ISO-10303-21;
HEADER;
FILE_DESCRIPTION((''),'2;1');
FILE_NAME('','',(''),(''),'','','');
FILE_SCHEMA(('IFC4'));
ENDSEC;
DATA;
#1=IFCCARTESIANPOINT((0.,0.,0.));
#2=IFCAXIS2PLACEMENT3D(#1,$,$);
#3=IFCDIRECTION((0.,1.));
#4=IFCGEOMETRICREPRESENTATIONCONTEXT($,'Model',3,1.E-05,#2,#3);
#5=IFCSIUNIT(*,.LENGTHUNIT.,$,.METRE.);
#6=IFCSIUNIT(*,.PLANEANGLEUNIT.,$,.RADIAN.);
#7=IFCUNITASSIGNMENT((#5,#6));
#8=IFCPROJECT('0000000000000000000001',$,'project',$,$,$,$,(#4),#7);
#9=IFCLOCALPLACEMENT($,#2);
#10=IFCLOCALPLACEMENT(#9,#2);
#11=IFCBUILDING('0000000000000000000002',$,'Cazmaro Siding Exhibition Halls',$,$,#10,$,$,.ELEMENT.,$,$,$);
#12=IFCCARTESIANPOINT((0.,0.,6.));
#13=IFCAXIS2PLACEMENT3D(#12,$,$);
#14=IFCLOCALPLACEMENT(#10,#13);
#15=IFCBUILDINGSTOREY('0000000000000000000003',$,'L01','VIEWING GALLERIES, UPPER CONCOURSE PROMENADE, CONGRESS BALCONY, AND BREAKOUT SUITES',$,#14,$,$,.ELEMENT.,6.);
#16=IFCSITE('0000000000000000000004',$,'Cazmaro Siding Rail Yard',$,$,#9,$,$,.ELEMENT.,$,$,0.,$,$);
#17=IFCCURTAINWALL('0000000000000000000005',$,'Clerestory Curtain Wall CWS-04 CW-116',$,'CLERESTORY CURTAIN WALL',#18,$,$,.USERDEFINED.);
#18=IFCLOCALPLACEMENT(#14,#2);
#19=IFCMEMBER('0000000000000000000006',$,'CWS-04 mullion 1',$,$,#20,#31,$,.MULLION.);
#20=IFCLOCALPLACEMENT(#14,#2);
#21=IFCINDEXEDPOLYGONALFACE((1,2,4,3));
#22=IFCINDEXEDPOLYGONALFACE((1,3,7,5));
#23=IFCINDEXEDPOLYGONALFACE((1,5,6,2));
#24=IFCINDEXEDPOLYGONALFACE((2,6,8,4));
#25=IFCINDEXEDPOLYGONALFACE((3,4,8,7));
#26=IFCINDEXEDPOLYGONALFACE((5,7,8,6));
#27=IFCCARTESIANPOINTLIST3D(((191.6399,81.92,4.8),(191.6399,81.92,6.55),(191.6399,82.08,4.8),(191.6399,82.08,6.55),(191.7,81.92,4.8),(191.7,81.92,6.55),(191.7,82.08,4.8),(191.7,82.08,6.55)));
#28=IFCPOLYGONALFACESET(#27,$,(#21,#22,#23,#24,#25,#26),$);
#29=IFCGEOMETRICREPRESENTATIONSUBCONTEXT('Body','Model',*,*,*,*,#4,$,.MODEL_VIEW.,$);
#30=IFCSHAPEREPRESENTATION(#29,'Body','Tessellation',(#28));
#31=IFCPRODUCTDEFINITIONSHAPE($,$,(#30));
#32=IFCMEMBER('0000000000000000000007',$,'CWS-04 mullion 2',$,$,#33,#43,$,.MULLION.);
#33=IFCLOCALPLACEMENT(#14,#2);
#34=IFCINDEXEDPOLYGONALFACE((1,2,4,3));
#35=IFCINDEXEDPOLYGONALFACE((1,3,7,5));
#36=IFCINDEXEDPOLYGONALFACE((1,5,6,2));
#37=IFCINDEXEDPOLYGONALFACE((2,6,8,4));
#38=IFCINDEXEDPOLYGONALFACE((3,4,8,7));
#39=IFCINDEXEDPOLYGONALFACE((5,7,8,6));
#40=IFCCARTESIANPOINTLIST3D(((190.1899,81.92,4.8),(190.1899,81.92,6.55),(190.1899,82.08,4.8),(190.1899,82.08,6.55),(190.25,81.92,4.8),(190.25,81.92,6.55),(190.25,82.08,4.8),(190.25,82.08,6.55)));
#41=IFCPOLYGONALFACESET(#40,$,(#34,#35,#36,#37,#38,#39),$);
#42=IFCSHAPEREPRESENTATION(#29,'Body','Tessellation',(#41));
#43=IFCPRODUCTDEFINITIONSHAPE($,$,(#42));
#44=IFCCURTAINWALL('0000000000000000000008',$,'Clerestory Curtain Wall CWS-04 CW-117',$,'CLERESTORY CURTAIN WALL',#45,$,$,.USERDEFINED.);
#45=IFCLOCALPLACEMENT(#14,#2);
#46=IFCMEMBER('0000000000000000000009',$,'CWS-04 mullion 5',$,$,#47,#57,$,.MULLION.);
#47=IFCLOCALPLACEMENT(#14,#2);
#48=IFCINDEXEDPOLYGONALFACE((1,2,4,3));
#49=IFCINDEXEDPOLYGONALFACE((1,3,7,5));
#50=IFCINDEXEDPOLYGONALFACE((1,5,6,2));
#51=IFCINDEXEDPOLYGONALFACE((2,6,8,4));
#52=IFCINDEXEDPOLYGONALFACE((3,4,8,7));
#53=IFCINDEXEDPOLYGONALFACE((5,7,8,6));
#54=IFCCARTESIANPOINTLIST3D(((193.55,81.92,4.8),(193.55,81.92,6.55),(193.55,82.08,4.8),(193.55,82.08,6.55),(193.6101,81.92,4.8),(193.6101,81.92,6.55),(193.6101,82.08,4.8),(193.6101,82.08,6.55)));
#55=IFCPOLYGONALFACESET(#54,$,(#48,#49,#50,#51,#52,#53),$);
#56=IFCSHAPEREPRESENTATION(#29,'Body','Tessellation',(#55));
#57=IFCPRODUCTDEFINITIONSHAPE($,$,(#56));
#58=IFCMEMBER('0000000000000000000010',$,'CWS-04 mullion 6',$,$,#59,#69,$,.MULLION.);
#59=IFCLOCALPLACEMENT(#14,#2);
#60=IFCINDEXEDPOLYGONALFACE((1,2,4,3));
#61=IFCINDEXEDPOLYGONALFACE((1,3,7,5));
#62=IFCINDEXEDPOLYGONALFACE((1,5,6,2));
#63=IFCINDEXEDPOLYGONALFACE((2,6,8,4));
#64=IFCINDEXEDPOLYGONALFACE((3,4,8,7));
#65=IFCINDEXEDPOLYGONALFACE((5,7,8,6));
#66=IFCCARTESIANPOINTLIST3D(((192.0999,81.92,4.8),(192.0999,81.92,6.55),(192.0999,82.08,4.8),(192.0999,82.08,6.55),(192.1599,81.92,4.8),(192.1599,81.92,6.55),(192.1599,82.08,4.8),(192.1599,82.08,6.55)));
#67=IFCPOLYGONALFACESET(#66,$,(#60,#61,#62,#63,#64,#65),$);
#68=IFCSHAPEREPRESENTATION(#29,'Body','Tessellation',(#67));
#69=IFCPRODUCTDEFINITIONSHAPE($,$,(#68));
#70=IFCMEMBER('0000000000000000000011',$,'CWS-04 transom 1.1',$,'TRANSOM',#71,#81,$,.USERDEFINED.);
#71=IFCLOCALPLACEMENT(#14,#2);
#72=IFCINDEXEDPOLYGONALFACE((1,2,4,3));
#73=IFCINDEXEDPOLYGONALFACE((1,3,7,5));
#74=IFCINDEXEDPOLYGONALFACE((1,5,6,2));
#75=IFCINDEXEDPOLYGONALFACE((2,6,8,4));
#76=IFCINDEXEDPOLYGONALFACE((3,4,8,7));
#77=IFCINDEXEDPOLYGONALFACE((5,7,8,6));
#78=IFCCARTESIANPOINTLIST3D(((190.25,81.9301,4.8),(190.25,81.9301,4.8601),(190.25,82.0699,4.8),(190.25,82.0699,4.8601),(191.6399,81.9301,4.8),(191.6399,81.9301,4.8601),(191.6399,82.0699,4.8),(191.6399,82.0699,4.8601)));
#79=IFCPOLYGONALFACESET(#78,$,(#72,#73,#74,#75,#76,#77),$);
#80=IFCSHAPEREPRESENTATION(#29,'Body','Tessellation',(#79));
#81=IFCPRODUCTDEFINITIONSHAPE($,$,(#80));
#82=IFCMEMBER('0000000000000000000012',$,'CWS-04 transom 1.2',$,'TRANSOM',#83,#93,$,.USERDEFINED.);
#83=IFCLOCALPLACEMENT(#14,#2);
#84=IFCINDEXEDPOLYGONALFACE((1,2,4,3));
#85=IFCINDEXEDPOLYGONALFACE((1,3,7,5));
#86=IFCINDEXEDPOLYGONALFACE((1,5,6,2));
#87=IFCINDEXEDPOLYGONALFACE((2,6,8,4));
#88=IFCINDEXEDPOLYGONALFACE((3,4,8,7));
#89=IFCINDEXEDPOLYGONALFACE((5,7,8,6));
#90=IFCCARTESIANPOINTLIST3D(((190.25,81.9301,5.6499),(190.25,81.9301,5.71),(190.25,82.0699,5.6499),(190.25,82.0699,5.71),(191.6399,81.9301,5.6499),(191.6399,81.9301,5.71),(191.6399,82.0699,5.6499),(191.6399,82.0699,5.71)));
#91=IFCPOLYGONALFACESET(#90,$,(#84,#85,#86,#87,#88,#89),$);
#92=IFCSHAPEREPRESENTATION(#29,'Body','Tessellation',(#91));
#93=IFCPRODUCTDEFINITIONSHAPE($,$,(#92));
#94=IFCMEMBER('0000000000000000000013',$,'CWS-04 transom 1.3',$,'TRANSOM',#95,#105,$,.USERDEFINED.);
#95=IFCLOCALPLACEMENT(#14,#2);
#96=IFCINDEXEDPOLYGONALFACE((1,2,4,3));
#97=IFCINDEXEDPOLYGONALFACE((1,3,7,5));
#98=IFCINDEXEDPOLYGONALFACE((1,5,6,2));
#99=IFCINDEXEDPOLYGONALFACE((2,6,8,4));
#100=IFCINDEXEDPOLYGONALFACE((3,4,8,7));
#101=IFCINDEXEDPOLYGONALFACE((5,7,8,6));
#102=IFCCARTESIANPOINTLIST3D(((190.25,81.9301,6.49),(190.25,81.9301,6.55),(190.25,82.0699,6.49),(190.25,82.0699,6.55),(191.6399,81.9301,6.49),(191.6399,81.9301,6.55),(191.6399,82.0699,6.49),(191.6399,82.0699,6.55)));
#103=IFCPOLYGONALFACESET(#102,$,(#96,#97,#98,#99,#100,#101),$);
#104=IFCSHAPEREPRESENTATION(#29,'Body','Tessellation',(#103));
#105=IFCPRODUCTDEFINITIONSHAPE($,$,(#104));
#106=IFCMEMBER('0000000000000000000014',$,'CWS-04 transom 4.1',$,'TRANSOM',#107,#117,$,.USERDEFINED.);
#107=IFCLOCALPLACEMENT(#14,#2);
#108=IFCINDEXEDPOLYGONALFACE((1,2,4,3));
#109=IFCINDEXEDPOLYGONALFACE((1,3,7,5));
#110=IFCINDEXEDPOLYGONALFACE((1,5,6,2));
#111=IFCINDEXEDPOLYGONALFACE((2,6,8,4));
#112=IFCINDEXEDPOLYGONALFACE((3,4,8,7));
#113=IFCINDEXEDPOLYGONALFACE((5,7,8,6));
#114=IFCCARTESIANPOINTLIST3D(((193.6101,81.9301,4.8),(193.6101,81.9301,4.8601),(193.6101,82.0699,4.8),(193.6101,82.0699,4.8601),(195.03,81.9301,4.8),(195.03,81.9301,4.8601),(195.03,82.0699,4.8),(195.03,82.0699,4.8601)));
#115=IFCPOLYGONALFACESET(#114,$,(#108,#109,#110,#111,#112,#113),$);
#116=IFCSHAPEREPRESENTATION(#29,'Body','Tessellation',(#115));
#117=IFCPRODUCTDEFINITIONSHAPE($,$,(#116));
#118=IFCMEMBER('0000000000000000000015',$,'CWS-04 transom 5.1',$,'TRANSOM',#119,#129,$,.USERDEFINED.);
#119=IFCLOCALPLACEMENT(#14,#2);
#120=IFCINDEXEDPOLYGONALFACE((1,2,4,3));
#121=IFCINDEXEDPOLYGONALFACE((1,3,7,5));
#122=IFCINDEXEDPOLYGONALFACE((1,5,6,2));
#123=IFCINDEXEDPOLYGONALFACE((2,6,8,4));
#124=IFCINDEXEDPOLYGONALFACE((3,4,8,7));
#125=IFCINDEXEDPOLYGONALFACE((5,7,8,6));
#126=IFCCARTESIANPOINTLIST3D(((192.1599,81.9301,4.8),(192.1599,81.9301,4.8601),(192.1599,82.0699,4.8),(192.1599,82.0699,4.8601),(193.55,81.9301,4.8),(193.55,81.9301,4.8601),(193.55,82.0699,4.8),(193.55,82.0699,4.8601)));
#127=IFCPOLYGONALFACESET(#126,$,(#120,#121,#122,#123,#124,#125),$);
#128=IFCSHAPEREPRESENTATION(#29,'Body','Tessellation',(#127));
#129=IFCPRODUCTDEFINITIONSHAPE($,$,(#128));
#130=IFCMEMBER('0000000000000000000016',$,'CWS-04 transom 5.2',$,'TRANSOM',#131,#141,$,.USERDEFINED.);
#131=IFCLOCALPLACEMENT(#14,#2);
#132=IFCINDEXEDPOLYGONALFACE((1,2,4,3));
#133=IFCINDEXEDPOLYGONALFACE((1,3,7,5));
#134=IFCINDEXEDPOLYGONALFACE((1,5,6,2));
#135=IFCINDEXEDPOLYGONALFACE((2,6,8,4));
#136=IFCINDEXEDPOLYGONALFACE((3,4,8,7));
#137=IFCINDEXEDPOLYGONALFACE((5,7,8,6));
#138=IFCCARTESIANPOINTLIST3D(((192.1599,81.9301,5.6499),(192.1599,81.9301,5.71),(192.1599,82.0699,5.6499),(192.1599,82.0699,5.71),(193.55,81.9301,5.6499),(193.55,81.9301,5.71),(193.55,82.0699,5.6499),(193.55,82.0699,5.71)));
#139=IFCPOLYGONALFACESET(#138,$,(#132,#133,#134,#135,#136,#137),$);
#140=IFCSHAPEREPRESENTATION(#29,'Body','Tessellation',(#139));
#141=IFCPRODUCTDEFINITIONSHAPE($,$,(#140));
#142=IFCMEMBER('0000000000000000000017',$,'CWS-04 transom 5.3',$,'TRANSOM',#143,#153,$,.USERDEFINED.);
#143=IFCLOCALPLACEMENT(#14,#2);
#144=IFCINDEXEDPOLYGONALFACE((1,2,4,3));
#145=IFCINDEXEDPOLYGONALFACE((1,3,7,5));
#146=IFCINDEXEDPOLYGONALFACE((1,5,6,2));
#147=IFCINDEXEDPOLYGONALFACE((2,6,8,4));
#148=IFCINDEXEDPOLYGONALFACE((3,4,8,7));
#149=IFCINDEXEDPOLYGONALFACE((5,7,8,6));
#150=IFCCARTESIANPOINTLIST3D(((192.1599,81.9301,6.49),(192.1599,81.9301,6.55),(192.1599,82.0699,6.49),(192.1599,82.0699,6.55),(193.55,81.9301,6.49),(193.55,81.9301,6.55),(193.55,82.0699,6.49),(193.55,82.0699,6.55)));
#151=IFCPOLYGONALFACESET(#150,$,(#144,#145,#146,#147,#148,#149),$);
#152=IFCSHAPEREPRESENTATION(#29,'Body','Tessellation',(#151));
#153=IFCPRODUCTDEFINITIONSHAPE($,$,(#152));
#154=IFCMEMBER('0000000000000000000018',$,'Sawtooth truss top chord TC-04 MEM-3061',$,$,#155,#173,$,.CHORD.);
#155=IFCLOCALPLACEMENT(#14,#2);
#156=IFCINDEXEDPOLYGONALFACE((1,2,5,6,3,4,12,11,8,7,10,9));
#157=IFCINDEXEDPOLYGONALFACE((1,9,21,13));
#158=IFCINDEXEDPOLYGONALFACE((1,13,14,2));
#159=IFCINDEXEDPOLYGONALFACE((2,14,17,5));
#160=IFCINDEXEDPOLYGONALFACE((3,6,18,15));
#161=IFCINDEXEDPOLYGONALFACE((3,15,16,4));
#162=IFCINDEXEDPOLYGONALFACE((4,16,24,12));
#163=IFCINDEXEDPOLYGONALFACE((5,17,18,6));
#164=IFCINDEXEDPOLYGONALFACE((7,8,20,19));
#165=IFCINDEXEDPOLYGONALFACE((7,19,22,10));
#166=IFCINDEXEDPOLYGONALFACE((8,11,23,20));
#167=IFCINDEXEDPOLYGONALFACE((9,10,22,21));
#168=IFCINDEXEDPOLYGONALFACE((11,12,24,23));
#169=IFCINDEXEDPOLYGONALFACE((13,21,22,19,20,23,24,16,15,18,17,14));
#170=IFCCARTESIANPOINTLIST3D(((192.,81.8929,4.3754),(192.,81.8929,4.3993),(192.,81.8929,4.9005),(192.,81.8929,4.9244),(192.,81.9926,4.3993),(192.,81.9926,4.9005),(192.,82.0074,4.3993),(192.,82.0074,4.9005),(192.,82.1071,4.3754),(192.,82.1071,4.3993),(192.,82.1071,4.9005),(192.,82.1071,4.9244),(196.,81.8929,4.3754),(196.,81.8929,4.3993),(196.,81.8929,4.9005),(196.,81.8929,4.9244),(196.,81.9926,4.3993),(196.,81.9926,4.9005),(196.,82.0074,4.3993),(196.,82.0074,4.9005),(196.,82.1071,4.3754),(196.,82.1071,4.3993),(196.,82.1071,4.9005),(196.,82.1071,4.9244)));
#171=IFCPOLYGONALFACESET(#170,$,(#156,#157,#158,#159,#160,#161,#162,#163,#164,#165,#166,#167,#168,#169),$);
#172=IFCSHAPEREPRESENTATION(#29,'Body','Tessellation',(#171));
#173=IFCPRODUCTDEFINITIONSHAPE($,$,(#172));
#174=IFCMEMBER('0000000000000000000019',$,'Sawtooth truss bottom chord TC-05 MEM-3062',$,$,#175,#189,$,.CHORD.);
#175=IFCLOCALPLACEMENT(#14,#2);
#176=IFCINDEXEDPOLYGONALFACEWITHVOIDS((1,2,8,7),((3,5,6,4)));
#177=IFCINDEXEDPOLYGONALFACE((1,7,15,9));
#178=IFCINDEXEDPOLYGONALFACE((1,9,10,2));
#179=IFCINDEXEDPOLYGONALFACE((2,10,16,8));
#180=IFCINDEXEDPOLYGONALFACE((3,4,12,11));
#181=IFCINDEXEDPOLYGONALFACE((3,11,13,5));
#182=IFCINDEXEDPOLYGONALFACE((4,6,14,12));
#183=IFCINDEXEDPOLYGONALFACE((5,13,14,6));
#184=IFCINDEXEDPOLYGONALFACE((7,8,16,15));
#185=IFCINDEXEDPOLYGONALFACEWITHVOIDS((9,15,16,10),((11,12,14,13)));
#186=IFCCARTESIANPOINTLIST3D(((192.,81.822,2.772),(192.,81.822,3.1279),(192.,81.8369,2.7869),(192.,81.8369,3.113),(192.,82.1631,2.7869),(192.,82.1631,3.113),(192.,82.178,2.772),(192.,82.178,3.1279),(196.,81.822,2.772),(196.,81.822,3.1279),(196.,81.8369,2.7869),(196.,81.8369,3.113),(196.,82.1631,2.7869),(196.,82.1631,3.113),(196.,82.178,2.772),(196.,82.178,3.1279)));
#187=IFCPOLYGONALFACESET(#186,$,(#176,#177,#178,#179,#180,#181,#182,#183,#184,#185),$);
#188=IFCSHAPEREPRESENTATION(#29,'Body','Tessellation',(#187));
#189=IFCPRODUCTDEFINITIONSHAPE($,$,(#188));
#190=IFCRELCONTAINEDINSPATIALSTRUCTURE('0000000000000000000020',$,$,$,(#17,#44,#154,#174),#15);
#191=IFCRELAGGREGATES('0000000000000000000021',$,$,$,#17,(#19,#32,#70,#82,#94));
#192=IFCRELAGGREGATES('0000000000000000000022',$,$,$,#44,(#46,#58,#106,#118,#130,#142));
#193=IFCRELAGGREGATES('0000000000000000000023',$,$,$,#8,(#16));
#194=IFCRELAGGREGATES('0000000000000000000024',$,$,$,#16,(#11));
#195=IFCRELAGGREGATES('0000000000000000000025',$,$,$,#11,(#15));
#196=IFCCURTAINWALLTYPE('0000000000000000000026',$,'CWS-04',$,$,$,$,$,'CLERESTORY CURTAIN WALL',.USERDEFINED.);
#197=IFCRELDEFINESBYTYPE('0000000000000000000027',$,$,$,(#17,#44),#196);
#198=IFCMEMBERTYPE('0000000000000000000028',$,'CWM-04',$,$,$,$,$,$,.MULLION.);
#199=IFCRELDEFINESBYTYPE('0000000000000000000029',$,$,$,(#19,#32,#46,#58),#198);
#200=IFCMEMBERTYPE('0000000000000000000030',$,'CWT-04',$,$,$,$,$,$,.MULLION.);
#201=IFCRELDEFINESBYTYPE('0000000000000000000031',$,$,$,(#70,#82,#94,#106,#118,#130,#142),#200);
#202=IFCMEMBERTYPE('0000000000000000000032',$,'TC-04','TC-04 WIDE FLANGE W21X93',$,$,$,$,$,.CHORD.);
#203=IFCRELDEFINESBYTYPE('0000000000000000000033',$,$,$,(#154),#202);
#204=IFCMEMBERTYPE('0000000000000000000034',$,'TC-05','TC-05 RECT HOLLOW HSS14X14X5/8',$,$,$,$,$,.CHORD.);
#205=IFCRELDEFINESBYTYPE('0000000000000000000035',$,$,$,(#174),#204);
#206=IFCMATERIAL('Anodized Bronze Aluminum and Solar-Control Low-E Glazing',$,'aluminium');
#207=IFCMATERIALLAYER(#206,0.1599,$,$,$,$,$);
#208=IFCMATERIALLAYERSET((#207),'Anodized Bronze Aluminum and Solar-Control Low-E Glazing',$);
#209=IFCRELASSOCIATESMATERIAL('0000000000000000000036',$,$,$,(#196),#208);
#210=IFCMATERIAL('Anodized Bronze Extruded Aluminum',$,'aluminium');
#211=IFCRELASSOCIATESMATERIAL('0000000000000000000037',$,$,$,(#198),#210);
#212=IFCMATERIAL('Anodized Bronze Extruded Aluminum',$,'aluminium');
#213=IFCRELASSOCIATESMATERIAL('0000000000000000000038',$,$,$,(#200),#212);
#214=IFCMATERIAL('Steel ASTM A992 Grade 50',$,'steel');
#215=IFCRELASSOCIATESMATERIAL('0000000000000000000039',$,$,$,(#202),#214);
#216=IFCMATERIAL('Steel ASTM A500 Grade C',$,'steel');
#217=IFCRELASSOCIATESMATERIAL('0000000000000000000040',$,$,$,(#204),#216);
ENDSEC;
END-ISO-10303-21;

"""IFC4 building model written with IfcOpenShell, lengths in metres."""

from ifc_helpers import new_model, si_unit, direction, frame, origin, origin_2d, place, context, subcontext, project, spatial, rectangle, hollow_rectangle, i_section, extrude, material, layer, layer_set, material_profile, profile_set, type_object, element, aggregate, save


model = new_model("IFC4")

# Units and contexts
model_context = context("Model", 3, precision=1e-05, world=origin(), true_north=direction((0.0, 1.0)))
body_context = subcontext(model_context, "Body", "Model", "MODEL_VIEW")
ifc_project = project(units=[si_unit("LENGTHUNIT", "METRE"), si_unit("PLANEANGLEUNIT", "RADIAN")], contexts=[model_context])

# Site, building, storey
site_placement = place(None, origin())
site = spatial("IfcSite", under=ifc_project, at=site_placement, Name="Cazmaro Siding Rail Yard", CompositionType="ELEMENT", RefElevation=0.0)
building_placement = place(site_placement, origin())
building = spatial("IfcBuilding", under=site, at=building_placement, Name="Cazmaro Siding Exhibition Halls", CompositionType="ELEMENT")
storey_placement = place(building_placement, frame((0.0, 0.0, 6.0)))
storey = spatial("IfcBuildingStorey", under=building, at=storey_placement, Name="L01", Description="VIEWING GALLERIES, UPPER CONCOURSE PROMENADE, CONGRESS BALCONY, AND BREAKOUT SUITES", CompositionType="ELEMENT", Elevation=6.0)

# Curtain walls, members
ifc_material_1 = material(Name="Anodized Bronze Aluminum and Solar-Control Low-E Glazing", Category="aluminium")
ifc_layer_1 = layer(ifc_material_1, 0.1599)
ifc_layer_set_1 = layer_set([ifc_layer_1], Name="Anodized Bronze Aluminum and Solar-Control Low-E Glazing")
curtain_wall_type = type_object("IfcCurtainWallType", Name="CWS-04", ElementType="CLERESTORY CURTAIN WALL", PredefinedType="USERDEFINED", material=ifc_layer_set_1)
curtain_wall_1_placement = place(storey_placement, origin())
curtain_wall_1 = element("IfcCurtainWall", 1, at=curtain_wall_1_placement, inside=storey, type_object=curtain_wall_type, Name="Clerestory Curtain Wall CWS-04 CW-116", ObjectType="CLERESTORY CURTAIN WALL", PredefinedType="USERDEFINED")
ifc_material_2 = material(Name="Anodized Bronze Extruded Aluminum", Category="aluminium")
ifc_material_profile_1 = material_profile(ifc_material_2, rectangle(XDim=0.1599, YDim=0.0601, at=origin_2d()), Name="CWM-04")
ifc_profile_set_1 = profile_set([ifc_material_profile_1], Name="Anodized Bronze Extruded Aluminum")
member_type_1 = type_object("IfcMemberType", Name="CWM-04", PredefinedType="MULLION", material=ifc_profile_set_1)
member_1_placement = place(storey_placement, frame((191.6699, 82.0, 4.8), z_axis=(0.0, 0.0, 1.0), x_axis=(0.0, -1.0, 0.0)))
member_1 = element("IfcMember", 2, at=member_1_placement, type_object=member_type_1, Name="CWS-04 mullion 1", PredefinedType="MULLION", context=body_context, shape_type="SweptSolid", body=[
    extrude(rectangle(XDim=0.1599, YDim=0.0601, at=origin_2d()), origin(), (0.0, 0.0, 1.0), 1.75),
])
member_2_placement = place(storey_placement, frame((190.22, 82.0, 4.8), z_axis=(0.0, 0.0, 1.0), x_axis=(0.0, -1.0, 0.0)))
member_2 = element("IfcMember", 3, at=member_2_placement, type_object=member_type_1, Name="CWS-04 mullion 2", PredefinedType="MULLION", context=body_context, shape_type="SweptSolid", body=[
    extrude(rectangle(XDim=0.1599, YDim=0.0601, at=origin_2d()), origin(), (0.0, 0.0, 1.0), 1.75),
])
curtain_wall_2_placement = place(storey_placement, origin())
curtain_wall_2 = element("IfcCurtainWall", 4, at=curtain_wall_2_placement, inside=storey, type_object=curtain_wall_type, Name="Clerestory Curtain Wall CWS-04 CW-117", ObjectType="CLERESTORY CURTAIN WALL", PredefinedType="USERDEFINED")
member_3_placement = place(storey_placement, frame((193.5801, 82.0, 4.8), z_axis=(0.0, 0.0, 1.0), x_axis=(0.0, -1.0, 0.0)))
member_3 = element("IfcMember", 5, at=member_3_placement, type_object=member_type_1, Name="CWS-04 mullion 5", PredefinedType="MULLION", context=body_context, shape_type="SweptSolid", body=[
    extrude(rectangle(XDim=0.1599, YDim=0.0601, at=origin_2d()), origin(), (0.0, 0.0, 1.0), 1.75),
])
member_4_placement = place(storey_placement, frame((192.1299, 82.0, 4.8), z_axis=(0.0, 0.0, 1.0), x_axis=(0.0, -1.0, 0.0)))
member_4 = element("IfcMember", 6, at=member_4_placement, type_object=member_type_1, Name="CWS-04 mullion 6", PredefinedType="MULLION", context=body_context, shape_type="SweptSolid", body=[
    extrude(rectangle(XDim=0.1599, YDim=0.0601, at=origin_2d()), origin(), (0.0, 0.0, 1.0), 1.75),
])

# Members
ifc_material_3 = material(Name="Anodized Bronze Extruded Aluminum", Category="aluminium")
ifc_material_profile_2 = material_profile(ifc_material_3, rectangle(XDim=0.1399, YDim=0.0601, at=origin_2d()), Name="CWT-04")
ifc_profile_set_2 = profile_set([ifc_material_profile_2], Name="Anodized Bronze Extruded Aluminum")
member_type_2 = type_object("IfcMemberType", Name="CWT-04", PredefinedType="MULLION", material=ifc_profile_set_2)
member_5_placement = place(storey_placement, frame((191.6399, 82.0, 4.8301), z_axis=(-1.0, 0.0, 0.0), x_axis=(0.0, -1.0, 0.0)))
member_5 = element("IfcMember", 7, at=member_5_placement, type_object=member_type_2, Name="CWS-04 transom 1.1", ObjectType="TRANSOM", PredefinedType="USERDEFINED", context=body_context, shape_type="SweptSolid", body=[
    extrude(rectangle(XDim=0.1399, YDim=0.0601, at=origin_2d()), origin(), (0.0, 0.0, 1.0), 1.3899),
])
member_6_placement = place(storey_placement, frame((191.6399, 82.0, 5.6799), z_axis=(-1.0, 0.0, 0.0), x_axis=(0.0, -1.0, 0.0)))
member_6 = element("IfcMember", 8, at=member_6_placement, type_object=member_type_2, Name="CWS-04 transom 1.2", ObjectType="TRANSOM", PredefinedType="USERDEFINED", context=body_context, shape_type="SweptSolid", body=[
    extrude(rectangle(XDim=0.1399, YDim=0.0601, at=origin_2d()), origin(), (0.0, 0.0, 1.0), 1.3899),
])
member_7_placement = place(storey_placement, frame((191.6399, 82.0, 6.52), z_axis=(-1.0, 0.0, 0.0), x_axis=(0.0, -1.0, 0.0)))
member_7 = element("IfcMember", 9, at=member_7_placement, type_object=member_type_2, Name="CWS-04 transom 1.3", ObjectType="TRANSOM", PredefinedType="USERDEFINED", context=body_context, shape_type="SweptSolid", body=[
    extrude(rectangle(XDim=0.1399, YDim=0.0601, at=origin_2d()), origin(), (0.0, 0.0, 1.0), 1.3899),
])
member_8_placement = place(storey_placement, frame((195.03, 82.0, 4.8301), z_axis=(-1.0, 0.0, 0.0), x_axis=(0.0, -1.0, 0.0)))
member_8 = element("IfcMember", 10, at=member_8_placement, type_object=member_type_2, Name="CWS-04 transom 4.1", ObjectType="TRANSOM", PredefinedType="USERDEFINED", context=body_context, shape_type="SweptSolid", body=[
    extrude(rectangle(XDim=0.1399, YDim=0.0601, at=origin_2d()), origin(), (0.0, 0.0, 1.0), 1.4199),
])
member_9_placement = place(storey_placement, frame((193.55, 82.0, 4.8301), z_axis=(-1.0, 0.0, 0.0), x_axis=(0.0, -1.0, 0.0)))
member_9 = element("IfcMember", 11, at=member_9_placement, type_object=member_type_2, Name="CWS-04 transom 5.1", ObjectType="TRANSOM", PredefinedType="USERDEFINED", context=body_context, shape_type="SweptSolid", body=[
    extrude(rectangle(XDim=0.1399, YDim=0.0601, at=origin_2d()), origin(), (0.0, 0.0, 1.0), 1.3901),
])
member_10_placement = place(storey_placement, frame((193.55, 82.0, 5.6799), z_axis=(-1.0, 0.0, 0.0), x_axis=(0.0, -1.0, 0.0)))
member_10 = element("IfcMember", 12, at=member_10_placement, type_object=member_type_2, Name="CWS-04 transom 5.2", ObjectType="TRANSOM", PredefinedType="USERDEFINED", context=body_context, shape_type="SweptSolid", body=[
    extrude(rectangle(XDim=0.1399, YDim=0.0601, at=origin_2d()), origin(), (0.0, 0.0, 1.0), 1.3901),
])
member_11_placement = place(storey_placement, frame((193.55, 82.0, 6.52), z_axis=(-1.0, 0.0, 0.0), x_axis=(0.0, -1.0, 0.0)))
member_11 = element("IfcMember", 13, at=member_11_placement, type_object=member_type_2, Name="CWS-04 transom 5.3", ObjectType="TRANSOM", PredefinedType="USERDEFINED", context=body_context, shape_type="SweptSolid", body=[
    extrude(rectangle(XDim=0.1399, YDim=0.0601, at=origin_2d()), origin(), (0.0, 0.0, 1.0), 1.3901),
])

# Members
ifc_material_4 = material(Name="Steel ASTM A992 Grade 50", Category="steel")
ifc_material_profile_3 = material_profile(ifc_material_4, i_section(OverallWidth=0.2141, OverallDepth=0.5491, WebThickness=0.0149, FlangeThickness=0.0239, at=origin_2d()), Name="W21X93")
ifc_profile_set_3 = profile_set([ifc_material_profile_3], Name="Steel ASTM A992 Grade 50")
member_type_3 = type_object("IfcMemberType", Name="TC-04", Description="TC-04 WIDE FLANGE W21X93", PredefinedType="CHORD", material=ifc_profile_set_3)
member_12_placement = place(storey_placement, frame((192.0, 82.0, 4.6499), z_axis=(1.0, 0.0, 0.0), x_axis=(0.0, 1.0, 0.0)))
element("IfcMember", 14, at=member_12_placement, inside=storey, type_object=member_type_3, Name="Sawtooth truss top chord TC-04 MEM-3061", PredefinedType="CHORD", context=body_context, shape_type="SweptSolid", body=[
    extrude(i_section(OverallWidth=0.2141, OverallDepth=0.5491, WebThickness=0.0149, FlangeThickness=0.0239, at=origin_2d()), origin(), (0.0, 0.0, 1.0), 4.0),
])
ifc_material_5 = material(Name="Steel ASTM A500 Grade C", Category="steel")
ifc_material_profile_4 = material_profile(ifc_material_5, hollow_rectangle(XDim=0.356, YDim=0.356, WallThickness=0.0149, at=origin_2d()), Name="HSS14X14X5/8")
ifc_profile_set_4 = profile_set([ifc_material_profile_4], Name="Steel ASTM A500 Grade C")
member_type_4 = type_object("IfcMemberType", Name="TC-05", Description="TC-05 RECT HOLLOW HSS14X14X5/8", PredefinedType="CHORD", material=ifc_profile_set_4)
member_13_placement = place(storey_placement, frame((192.0, 82.0, 2.95), z_axis=(1.0, 0.0, 0.0), x_axis=(0.0, 1.0, 0.0)))
element("IfcMember", 15, at=member_13_placement, inside=storey, type_object=member_type_4, Name="Sawtooth truss bottom chord TC-05 MEM-3062", PredefinedType="CHORD", context=body_context, shape_type="SweptSolid", body=[
    extrude(hollow_rectangle(XDim=0.356, YDim=0.356, WallThickness=0.0149, at=origin_2d()), origin(), (0.0, 0.0, 1.0), 4.0),
])

aggregate(curtain_wall_1, [member_1, member_2, member_5, member_6, member_7])
aggregate(curtain_wall_2, [member_3, member_4, member_8, member_9, member_10, member_11])

save(model, "model.ifc")
